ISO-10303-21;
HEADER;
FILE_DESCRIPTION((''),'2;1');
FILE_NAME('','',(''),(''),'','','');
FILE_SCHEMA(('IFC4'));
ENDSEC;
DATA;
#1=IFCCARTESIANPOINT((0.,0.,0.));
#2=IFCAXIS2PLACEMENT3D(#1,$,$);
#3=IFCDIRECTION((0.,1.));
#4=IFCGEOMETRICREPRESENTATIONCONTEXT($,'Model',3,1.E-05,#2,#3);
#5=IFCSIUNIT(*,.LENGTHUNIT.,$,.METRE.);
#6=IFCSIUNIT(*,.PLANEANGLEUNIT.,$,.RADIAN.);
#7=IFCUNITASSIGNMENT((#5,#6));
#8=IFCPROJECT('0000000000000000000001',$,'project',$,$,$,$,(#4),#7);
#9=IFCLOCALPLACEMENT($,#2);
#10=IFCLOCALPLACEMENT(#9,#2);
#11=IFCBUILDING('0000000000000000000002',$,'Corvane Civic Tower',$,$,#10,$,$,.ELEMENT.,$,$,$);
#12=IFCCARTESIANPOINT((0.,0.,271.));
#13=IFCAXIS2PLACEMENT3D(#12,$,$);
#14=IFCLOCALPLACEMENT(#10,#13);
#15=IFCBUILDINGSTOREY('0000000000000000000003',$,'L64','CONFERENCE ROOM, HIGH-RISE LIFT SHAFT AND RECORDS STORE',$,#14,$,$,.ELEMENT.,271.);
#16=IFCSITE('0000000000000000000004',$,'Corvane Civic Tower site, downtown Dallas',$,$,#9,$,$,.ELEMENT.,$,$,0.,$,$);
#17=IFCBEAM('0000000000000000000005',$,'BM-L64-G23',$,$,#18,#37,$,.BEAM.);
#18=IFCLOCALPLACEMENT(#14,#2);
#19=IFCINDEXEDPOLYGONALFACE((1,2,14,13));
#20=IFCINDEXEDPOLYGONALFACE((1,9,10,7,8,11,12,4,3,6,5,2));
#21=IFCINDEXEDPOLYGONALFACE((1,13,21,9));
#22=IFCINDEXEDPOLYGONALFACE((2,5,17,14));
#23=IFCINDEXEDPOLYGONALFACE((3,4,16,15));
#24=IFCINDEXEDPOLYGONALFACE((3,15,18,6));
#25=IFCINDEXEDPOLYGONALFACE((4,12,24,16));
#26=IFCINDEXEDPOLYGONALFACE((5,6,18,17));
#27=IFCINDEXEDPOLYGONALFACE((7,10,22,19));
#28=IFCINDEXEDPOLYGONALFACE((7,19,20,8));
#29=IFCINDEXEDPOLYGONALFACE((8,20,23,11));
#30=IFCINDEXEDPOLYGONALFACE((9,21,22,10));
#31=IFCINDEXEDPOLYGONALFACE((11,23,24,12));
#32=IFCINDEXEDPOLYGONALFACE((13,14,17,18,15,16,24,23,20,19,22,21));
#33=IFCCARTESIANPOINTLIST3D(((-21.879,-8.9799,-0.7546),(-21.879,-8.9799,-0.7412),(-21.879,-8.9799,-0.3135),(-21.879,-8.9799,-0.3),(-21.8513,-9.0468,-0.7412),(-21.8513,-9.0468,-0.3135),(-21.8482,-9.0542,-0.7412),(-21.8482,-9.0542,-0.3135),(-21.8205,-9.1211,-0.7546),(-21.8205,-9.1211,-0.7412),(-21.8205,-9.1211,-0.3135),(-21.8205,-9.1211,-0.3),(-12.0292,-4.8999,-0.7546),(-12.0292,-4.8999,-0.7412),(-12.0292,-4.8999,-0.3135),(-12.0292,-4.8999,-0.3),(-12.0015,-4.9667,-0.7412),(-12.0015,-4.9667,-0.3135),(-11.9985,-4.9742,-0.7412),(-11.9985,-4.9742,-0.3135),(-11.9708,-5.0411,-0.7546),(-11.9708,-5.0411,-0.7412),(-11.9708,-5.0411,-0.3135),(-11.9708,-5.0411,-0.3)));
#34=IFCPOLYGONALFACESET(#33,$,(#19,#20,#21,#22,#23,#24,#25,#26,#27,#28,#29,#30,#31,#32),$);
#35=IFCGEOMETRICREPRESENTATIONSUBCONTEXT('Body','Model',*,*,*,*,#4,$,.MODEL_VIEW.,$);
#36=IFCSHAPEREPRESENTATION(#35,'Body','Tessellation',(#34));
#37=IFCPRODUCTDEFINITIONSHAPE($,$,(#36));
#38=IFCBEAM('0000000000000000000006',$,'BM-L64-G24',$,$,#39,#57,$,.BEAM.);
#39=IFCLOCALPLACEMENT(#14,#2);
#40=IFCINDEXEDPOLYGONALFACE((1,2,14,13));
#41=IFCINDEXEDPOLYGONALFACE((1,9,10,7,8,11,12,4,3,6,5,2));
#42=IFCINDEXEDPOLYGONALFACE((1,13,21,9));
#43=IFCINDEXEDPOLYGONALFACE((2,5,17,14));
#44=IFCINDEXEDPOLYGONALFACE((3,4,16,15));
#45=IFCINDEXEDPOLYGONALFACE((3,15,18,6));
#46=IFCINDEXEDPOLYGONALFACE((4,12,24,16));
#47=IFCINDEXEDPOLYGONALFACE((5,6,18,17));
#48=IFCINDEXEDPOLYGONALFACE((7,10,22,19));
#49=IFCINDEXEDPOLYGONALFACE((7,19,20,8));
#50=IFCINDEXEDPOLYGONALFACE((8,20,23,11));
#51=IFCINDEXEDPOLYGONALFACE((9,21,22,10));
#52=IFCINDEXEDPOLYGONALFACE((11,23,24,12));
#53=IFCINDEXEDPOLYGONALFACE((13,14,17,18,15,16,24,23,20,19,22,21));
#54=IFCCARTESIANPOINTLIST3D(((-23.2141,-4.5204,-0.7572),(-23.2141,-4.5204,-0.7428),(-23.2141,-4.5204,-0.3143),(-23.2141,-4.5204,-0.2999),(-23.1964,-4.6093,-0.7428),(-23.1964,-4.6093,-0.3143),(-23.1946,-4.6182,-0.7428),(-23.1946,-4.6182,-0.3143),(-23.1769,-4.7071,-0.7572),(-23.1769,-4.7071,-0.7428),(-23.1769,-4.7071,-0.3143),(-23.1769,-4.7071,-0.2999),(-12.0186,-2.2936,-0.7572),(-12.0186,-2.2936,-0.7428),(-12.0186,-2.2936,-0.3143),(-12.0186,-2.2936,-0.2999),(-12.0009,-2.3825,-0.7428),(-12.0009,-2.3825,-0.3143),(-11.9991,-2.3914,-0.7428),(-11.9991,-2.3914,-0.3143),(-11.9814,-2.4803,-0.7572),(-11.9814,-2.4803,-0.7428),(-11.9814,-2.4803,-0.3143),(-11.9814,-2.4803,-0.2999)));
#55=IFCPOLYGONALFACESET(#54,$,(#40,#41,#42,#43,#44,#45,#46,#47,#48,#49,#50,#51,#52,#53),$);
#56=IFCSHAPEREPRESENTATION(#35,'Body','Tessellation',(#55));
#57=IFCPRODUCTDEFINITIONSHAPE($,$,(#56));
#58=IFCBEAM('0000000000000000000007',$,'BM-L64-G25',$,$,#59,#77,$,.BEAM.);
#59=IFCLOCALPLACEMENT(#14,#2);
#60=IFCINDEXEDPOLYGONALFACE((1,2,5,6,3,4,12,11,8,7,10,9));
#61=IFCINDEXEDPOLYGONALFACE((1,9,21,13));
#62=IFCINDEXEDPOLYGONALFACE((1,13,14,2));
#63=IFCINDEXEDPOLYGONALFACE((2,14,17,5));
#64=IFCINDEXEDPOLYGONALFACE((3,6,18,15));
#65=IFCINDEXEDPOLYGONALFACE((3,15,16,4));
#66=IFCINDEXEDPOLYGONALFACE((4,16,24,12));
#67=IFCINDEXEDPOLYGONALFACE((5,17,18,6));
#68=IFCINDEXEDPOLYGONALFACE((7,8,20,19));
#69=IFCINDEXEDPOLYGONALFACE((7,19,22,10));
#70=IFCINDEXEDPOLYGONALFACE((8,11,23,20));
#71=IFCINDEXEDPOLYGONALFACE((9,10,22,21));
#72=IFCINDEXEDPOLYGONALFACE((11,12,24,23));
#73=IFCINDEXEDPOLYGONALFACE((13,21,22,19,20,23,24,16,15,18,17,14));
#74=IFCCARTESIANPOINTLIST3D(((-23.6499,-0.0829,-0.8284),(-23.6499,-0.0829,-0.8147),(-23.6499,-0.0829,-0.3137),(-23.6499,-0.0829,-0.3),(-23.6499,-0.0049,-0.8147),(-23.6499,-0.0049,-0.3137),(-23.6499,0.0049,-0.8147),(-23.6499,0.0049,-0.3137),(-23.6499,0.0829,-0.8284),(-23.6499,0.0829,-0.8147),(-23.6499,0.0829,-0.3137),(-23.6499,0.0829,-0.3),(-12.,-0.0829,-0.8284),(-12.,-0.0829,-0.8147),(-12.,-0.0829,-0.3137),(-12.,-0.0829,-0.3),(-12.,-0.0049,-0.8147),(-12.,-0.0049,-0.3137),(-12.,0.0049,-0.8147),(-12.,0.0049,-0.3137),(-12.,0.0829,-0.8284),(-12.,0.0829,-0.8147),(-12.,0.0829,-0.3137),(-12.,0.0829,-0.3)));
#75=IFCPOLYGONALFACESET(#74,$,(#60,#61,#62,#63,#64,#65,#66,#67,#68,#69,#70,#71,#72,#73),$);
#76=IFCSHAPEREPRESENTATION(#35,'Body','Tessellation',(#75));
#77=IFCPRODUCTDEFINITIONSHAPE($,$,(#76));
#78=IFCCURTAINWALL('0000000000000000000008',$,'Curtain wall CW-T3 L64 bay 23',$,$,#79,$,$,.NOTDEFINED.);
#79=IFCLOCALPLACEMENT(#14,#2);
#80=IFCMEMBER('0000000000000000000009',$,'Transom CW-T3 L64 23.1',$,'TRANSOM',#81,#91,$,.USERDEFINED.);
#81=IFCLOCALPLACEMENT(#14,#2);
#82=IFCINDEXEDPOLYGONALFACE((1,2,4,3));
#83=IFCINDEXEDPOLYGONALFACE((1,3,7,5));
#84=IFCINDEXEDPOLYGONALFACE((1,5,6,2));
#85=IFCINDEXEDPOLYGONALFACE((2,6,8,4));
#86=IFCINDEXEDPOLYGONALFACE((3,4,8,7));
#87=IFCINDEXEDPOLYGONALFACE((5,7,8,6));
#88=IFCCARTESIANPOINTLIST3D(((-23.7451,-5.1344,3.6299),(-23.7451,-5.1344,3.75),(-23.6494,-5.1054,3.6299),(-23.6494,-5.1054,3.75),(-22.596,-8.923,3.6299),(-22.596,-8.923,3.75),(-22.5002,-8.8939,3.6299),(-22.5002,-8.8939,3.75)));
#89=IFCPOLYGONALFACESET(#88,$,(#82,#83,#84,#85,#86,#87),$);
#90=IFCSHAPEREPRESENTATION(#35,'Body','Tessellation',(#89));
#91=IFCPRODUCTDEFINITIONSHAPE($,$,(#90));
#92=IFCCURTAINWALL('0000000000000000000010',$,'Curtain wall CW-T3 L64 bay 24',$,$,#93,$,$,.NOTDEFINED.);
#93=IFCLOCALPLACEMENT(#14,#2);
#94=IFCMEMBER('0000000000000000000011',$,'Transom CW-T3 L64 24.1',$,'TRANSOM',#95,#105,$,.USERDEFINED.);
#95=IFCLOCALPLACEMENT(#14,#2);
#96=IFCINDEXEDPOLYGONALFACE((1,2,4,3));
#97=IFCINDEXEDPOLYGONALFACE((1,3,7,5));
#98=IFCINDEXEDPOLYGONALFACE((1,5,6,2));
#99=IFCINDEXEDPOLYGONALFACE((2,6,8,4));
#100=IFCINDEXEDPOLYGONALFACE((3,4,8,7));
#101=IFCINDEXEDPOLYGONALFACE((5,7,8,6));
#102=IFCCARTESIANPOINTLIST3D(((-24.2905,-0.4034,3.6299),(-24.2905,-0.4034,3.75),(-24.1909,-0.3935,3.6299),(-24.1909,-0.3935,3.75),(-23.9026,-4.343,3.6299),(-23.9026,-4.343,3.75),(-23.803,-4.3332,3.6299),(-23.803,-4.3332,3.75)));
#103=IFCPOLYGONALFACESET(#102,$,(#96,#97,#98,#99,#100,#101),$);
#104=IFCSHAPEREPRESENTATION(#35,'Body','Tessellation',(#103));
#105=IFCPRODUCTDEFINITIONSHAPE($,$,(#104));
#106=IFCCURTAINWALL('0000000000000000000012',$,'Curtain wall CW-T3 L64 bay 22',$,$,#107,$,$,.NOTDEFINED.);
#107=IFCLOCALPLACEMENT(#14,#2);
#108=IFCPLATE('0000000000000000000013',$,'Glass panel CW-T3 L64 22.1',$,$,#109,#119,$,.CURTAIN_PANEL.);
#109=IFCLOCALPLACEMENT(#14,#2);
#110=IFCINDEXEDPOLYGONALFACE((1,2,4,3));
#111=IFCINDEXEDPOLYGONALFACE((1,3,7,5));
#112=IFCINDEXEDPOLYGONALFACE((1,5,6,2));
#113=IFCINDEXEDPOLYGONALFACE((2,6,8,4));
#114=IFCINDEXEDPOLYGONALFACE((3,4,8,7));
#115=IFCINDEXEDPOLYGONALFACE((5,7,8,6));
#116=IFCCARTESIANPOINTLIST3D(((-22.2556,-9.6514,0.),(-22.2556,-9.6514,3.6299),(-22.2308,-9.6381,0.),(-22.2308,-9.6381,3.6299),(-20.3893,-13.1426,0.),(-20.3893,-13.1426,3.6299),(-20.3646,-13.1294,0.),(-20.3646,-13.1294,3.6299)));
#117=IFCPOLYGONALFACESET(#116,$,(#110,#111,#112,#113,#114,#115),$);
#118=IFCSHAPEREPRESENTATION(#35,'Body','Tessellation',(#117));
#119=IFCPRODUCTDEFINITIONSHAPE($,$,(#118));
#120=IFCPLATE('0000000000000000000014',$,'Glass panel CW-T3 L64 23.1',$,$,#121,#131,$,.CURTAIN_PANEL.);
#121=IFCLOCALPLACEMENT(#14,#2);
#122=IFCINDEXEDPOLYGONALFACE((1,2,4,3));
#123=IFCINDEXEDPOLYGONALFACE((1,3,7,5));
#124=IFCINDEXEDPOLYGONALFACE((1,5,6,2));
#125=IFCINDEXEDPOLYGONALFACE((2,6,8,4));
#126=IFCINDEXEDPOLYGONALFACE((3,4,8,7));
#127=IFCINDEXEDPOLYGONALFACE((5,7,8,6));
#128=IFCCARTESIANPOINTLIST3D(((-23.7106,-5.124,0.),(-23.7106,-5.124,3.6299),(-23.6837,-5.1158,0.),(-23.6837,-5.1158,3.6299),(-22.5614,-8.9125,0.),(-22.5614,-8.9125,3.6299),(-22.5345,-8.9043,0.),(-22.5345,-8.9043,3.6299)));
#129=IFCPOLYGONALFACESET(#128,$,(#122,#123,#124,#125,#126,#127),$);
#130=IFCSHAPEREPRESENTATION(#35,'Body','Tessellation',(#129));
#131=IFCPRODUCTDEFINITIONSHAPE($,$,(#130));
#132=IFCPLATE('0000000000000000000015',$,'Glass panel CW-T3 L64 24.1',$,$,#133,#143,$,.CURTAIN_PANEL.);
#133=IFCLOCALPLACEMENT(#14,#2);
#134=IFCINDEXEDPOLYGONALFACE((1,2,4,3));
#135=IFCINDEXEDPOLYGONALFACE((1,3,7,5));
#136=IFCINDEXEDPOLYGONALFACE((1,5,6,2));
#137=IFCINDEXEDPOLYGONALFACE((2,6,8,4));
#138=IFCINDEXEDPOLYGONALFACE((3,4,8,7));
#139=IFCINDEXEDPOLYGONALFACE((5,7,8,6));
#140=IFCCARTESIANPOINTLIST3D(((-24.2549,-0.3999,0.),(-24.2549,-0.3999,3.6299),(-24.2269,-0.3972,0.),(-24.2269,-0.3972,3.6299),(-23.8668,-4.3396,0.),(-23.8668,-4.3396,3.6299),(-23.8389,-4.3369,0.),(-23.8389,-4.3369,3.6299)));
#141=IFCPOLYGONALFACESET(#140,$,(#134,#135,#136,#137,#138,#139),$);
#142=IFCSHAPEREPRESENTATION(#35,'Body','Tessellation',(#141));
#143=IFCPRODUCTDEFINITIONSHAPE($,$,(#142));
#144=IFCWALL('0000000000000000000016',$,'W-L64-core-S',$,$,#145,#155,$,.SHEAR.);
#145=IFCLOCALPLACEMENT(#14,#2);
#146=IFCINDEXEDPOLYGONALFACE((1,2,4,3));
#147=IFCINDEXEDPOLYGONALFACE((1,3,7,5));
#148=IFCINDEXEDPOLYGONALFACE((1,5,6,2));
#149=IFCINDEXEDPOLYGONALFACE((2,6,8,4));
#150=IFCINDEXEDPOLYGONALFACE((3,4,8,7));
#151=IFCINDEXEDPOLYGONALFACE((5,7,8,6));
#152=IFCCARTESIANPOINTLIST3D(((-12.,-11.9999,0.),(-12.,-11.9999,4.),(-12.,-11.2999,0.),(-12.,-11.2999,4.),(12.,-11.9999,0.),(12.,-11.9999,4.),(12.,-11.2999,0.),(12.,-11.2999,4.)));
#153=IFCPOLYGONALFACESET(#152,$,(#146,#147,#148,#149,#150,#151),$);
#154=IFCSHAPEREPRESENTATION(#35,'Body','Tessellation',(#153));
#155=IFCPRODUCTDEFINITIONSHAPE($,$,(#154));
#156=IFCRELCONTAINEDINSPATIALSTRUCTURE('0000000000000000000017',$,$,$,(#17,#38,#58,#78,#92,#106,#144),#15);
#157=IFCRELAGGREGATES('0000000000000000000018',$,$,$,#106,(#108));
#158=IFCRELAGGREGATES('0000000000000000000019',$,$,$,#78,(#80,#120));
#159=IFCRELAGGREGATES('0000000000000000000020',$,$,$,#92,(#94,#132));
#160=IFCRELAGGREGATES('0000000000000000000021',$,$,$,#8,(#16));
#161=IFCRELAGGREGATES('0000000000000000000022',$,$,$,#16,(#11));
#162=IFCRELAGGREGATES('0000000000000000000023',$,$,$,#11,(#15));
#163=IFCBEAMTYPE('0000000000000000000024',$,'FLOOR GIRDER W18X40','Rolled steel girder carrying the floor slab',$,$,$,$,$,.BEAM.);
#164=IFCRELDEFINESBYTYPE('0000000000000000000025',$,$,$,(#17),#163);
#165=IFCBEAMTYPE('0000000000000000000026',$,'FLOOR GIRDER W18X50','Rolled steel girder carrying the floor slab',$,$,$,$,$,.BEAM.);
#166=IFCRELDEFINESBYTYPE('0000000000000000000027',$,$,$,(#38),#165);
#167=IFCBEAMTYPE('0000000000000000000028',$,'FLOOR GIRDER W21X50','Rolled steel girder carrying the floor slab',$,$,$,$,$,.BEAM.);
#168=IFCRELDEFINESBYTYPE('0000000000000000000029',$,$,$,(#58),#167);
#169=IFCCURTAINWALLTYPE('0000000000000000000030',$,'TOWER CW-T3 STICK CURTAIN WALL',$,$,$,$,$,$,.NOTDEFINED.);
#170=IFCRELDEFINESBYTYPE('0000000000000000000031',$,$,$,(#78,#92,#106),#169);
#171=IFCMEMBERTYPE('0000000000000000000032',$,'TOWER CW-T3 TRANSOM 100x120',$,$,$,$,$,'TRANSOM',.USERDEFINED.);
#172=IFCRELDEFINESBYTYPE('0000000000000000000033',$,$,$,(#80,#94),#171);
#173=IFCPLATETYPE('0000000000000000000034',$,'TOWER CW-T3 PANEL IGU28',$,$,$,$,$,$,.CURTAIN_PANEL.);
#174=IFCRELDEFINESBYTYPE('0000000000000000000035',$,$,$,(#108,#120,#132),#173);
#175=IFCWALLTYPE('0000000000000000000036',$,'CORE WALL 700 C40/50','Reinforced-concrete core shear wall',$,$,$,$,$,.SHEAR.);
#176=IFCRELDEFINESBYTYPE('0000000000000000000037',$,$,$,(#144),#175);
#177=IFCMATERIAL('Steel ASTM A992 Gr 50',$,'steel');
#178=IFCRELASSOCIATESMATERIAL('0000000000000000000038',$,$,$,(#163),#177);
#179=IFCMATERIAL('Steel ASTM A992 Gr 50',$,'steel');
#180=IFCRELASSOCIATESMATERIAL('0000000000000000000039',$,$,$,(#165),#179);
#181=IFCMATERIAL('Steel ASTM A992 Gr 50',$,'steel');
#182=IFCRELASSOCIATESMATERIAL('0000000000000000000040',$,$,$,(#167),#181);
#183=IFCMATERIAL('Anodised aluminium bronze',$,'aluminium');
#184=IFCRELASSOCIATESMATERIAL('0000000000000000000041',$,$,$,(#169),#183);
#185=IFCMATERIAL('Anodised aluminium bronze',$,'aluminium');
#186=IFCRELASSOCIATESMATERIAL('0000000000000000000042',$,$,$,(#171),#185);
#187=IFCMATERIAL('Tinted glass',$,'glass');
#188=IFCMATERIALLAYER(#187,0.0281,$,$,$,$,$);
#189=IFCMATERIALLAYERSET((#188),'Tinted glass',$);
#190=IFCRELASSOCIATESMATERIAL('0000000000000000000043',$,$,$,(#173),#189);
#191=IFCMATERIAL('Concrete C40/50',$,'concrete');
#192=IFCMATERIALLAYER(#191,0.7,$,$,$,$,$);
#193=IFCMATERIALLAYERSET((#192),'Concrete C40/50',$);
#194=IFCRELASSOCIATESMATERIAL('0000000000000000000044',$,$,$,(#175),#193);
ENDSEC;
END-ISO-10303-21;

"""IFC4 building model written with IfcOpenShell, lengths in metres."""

from ifc_helpers import new_model, si_unit, direction, frame, frame_2d, origin, origin_2d, place, context, subcontext, project, spatial, rectangle, i_section, extrude, material, layer, layer_set, material_profile, profile_set, type_object, element, aggregate, save


model = new_model("IFC4")

# Units and contexts
model_context = context("Model", 3, precision=1e-05, world=origin(), true_north=direction((0.0, 1.0)))
body_context = subcontext(model_context, "Body", "Model", "MODEL_VIEW")
ifc_project = project(units=[si_unit("LENGTHUNIT", "METRE"), si_unit("PLANEANGLEUNIT", "RADIAN")], contexts=[model_context])

# Site, building, storey
site_placement = place(None, origin())
site = spatial("IfcSite", under=ifc_project, at=site_placement, Name="Corvane Civic Tower site, downtown Dallas", CompositionType="ELEMENT", RefElevation=0.0)
building_placement = place(site_placement, origin())
building = spatial("IfcBuilding", under=site, at=building_placement, Name="Corvane Civic Tower", CompositionType="ELEMENT")
storey_placement = place(building_placement, frame((0.0, 0.0, 271.0)))
storey = spatial("IfcBuildingStorey", under=building, at=storey_placement, Name="L64", Description="CONFERENCE ROOM, HIGH-RISE LIFT SHAFT AND RECORDS STORE", CompositionType="ELEMENT", Elevation=271.0)

# Beams
ifc_material_1 = material(Name="Steel ASTM A992 Gr 50", Category="steel")
ifc_material_profile_1 = material_profile(ifc_material_1, i_section(OverallWidth=0.1528, OverallDepth=0.4546, WebThickness=0.0081, FlangeThickness=0.0134, at=origin_2d()), Name="W18X40")
ifc_profile_set_1 = profile_set([ifc_material_profile_1], Name="Steel ASTM A992 Gr 50")
beam_type_1 = type_object("IfcBeamType", Name="FLOOR GIRDER W18X40", Description="Rolled steel girder carrying the floor slab", PredefinedType="BEAM", material=ifc_profile_set_1)
beam_1_placement = place(storey_placement, frame((-12.0, -4.9705, -0.5273), z_axis=(-0.923875, -0.382694, 0.0), x_axis=(0.382694, -0.923875, 0.0)))
element("IfcBeam", 1, at=beam_1_placement, inside=storey, type_object=beam_type_1, Name="BM-L64-G23", PredefinedType="BEAM", context=body_context, shape_type="SweptSolid", body=[
    extrude(i_section(OverallWidth=0.1528, OverallDepth=0.4546, WebThickness=0.0081, FlangeThickness=0.0134, at=origin_2d()), origin(), (0.0, 0.0, 1.0), 10.6614),
])
ifc_material_2 = material(Name="Steel ASTM A992 Gr 50", Category="steel")
ifc_material_profile_2 = material_profile(ifc_material_2, i_section(OverallWidth=0.1904, OverallDepth=0.4573, WebThickness=0.009, FlangeThickness=0.0144, at=origin_2d()), Name="W18X50")
ifc_profile_set_2 = profile_set([ifc_material_profile_2], Name="Steel ASTM A992 Gr 50")
beam_type_2 = type_object("IfcBeamType", Name="FLOOR GIRDER W18X50", Description="Rolled steel girder carrying the floor slab", PredefinedType="BEAM", material=ifc_profile_set_2)
beam_2_placement = place(storey_placement, frame((-12.0, -2.387, -0.5286), z_axis=(-0.980787, -0.19508, 0.0), x_axis=(0.19508, -0.980787, 0.0)))
element("IfcBeam", 2, at=beam_2_placement, inside=storey, type_object=beam_type_2, Name="BM-L64-G24", PredefinedType="BEAM", context=body_context, shape_type="SweptSolid", body=[
    extrude(i_section(OverallWidth=0.1904, OverallDepth=0.4573, WebThickness=0.009, FlangeThickness=0.0144, at=origin_2d()), origin(), (0.0, 0.0, 1.0), 11.4148),
])
ifc_material_3 = material(Name="Steel ASTM A992 Gr 50", Category="steel")
ifc_material_profile_3 = material_profile(ifc_material_3, i_section(OverallWidth=0.1658, OverallDepth=0.5283, WebThickness=0.0098, FlangeThickness=0.0137, at=origin_2d()), Name="W21X50")
ifc_profile_set_3 = profile_set([ifc_material_profile_3], Name="Steel ASTM A992 Gr 50")
beam_type_3 = type_object("IfcBeamType", Name="FLOOR GIRDER W21X50", Description="Rolled steel girder carrying the floor slab", PredefinedType="BEAM", material=ifc_profile_set_3)
beam_3_placement = place(storey_placement, frame((-12.0, 0.0, -0.5642), z_axis=(-1.0, 0.0, 0.0), x_axis=(0.0, -1.0, 0.0)))
element("IfcBeam", 3, at=beam_3_placement, inside=storey, type_object=beam_type_3, Name="BM-L64-G25", PredefinedType="BEAM", context=body_context, shape_type="SweptSolid", body=[
    extrude(i_section(OverallWidth=0.1658, OverallDepth=0.5283, WebThickness=0.0098, FlangeThickness=0.0137, at=origin_2d()), origin(), (0.0, 0.0, 1.0), 11.6499),
])

# Curtain walls, members
ifc_material_4 = material(Name="Anodised aluminium bronze", Category="aluminium")
curtain_wall_type = type_object("IfcCurtainWallType", Name="TOWER CW-T3 STICK CURTAIN WALL", PredefinedType="NOTDEFINED", material=ifc_material_4)
curtain_wall_1_placement = place(storey_placement, origin())
curtain_wall_1 = element("IfcCurtainWall", 4, at=curtain_wall_1_placement, inside=storey, type_object=curtain_wall_type, Name="Curtain wall CW-T3 L64 bay 23", PredefinedType="NOTDEFINED")
ifc_material_5 = material(Name="Anodised aluminium bronze", Category="aluminium")
ifc_material_profile_4 = material_profile(ifc_material_5, rectangle(XDim=0.1001, YDim=0.1201, at=origin_2d()), Name="TOWER CW-T3 TRANSOM 100x120")
ifc_profile_set_4 = profile_set([ifc_material_profile_4], Name="Anodised aluminium bronze")
member_type = type_object("IfcMemberType", Name="TOWER CW-T3 TRANSOM 100x120", ElementType="TRANSOM", PredefinedType="USERDEFINED", material=ifc_profile_set_4)
member_1_placement = place(storey_placement, frame((-22.5481, -8.9084, 3.6899), z_axis=(-0.290266, 0.956946, 0.0), x_axis=(-0.956946, -0.290266, 0.0)))
member_1 = element("IfcMember", 5, at=member_1_placement, type_object=member_type, Name="Transom CW-T3 L64 23.1", ObjectType="TRANSOM", PredefinedType="USERDEFINED", context=body_context, shape_type="SweptSolid", body=[
    extrude(rectangle(XDim=0.1001, YDim=0.1201, at=origin_2d()), origin(), (0.0, 0.0, 1.0), 3.959),
])
curtain_wall_2_placement = place(storey_placement, origin())
curtain_wall_2 = element("IfcCurtainWall", 6, at=curtain_wall_2_placement, inside=storey, type_object=curtain_wall_type, Name="Curtain wall CW-T3 L64 bay 24", PredefinedType="NOTDEFINED")
member_2_placement = place(storey_placement, frame((-23.8528, -4.3381, 3.6899), z_axis=(-0.097995, 0.995187, 0.0), x_axis=(-0.995187, -0.097995, 0.0)))
member_2 = element("IfcMember", 7, at=member_2_placement, type_object=member_type, Name="Transom CW-T3 L64 24.1", ObjectType="TRANSOM", PredefinedType="USERDEFINED", context=body_context, shape_type="SweptSolid", body=[
    extrude(rectangle(XDim=0.1001, YDim=0.1201, at=origin_2d()), origin(), (0.0, 0.0, 1.0), 3.9587),
])

# Curtain wall, plate
curtain_wall_3_placement = place(storey_placement, origin())
curtain_wall_3 = element("IfcCurtainWall", 8, at=curtain_wall_3_placement, inside=storey, type_object=curtain_wall_type, Name="Curtain wall CW-T3 L64 bay 22", PredefinedType="NOTDEFINED")
ifc_material_6 = material(Name="Tinted glass", Category="glass")
ifc_layer_1 = layer(ifc_material_6, 0.0281)
ifc_layer_set_1 = layer_set([ifc_layer_1], Name="Tinted glass")
plate_type = type_object("IfcPlateType", Name="TOWER CW-T3 PANEL IGU28", PredefinedType="CURTAIN_PANEL", material=ifc_layer_set_1)
plate_1_placement = place(storey_placement, frame((-21.3101, -11.3904, 0.0), z_axis=(0.0, 0.0, 1.0), x_axis=(-0.471421, 0.881908, 0.0)))
plate_1 = element("IfcPlate", 9, at=plate_1_placement, type_object=plate_type, Name="Glass panel CW-T3 L64 22.1", PredefinedType="CURTAIN_PANEL", context=body_context, shape_type="SweptSolid", body=[
    extrude(rectangle(XDim=3.9587, YDim=0.0281, at=origin_2d()), origin(), (0.0, 0.0, 1.0), 3.6299),
])
aggregate(curtain_wall_3, [plate_1])

# Plates
plate_2_placement = place(storey_placement, frame((-23.1226, -7.0142, 0.0), z_axis=(0.0, 0.0, 1.0), x_axis=(-0.290274, 0.956944, 0.0)))
plate_2 = element("IfcPlate", 10, at=plate_2_placement, type_object=plate_type, Name="Glass panel CW-T3 L64 23.1", PredefinedType="CURTAIN_PANEL", context=body_context, shape_type="SweptSolid", body=[
    extrude(rectangle(XDim=3.959, YDim=0.0281, at=origin_2d()), origin(), (0.0, 0.0, 1.0), 3.6299),
])
aggregate(curtain_wall_1, [member_1, plate_2])
plate_3_placement = place(storey_placement, frame((-24.0469, -2.3684, 0.0), z_axis=(0.0, 0.0, 1.0), x_axis=(-0.098021, 0.995184, 0.0)))
plate_3 = element("IfcPlate", 11, at=plate_3_placement, type_object=plate_type, Name="Glass panel CW-T3 L64 24.1", PredefinedType="CURTAIN_PANEL", context=body_context, shape_type="SweptSolid", body=[
    extrude(rectangle(XDim=3.9587, YDim=0.0281, at=origin_2d()), origin(), (0.0, 0.0, 1.0), 3.6299),
])
aggregate(curtain_wall_2, [member_2, plate_3])

# Wall
ifc_material_7 = material(Name="Concrete C40/50", Category="concrete")
ifc_layer_2 = layer(ifc_material_7, 0.7)
ifc_layer_set_2 = layer_set([ifc_layer_2], Name="Concrete C40/50")
wall_type = type_object("IfcWallType", Name="CORE WALL 700 C40/50", Description="Reinforced-concrete core shear wall", PredefinedType="SHEAR", material=ifc_layer_set_2)
wall_placement = place(storey_placement, frame((-12.0, -11.6499, 0.0), z_axis=(0.0, 0.0, 1.0), x_axis=(1.0, 0.0, 0.0)))
element("IfcWall", 12, at=wall_placement, inside=storey, type_object=wall_type, Name="W-L64-core-S", PredefinedType="SHEAR", context=body_context, shape_type="SweptSolid", body=[
    extrude(rectangle(XDim=24.0, YDim=0.7, at=frame_2d((12.0, 0.0))), origin(), (0.0, 0.0, 1.0), 4.0),
])

save(model, "model.ifc")
